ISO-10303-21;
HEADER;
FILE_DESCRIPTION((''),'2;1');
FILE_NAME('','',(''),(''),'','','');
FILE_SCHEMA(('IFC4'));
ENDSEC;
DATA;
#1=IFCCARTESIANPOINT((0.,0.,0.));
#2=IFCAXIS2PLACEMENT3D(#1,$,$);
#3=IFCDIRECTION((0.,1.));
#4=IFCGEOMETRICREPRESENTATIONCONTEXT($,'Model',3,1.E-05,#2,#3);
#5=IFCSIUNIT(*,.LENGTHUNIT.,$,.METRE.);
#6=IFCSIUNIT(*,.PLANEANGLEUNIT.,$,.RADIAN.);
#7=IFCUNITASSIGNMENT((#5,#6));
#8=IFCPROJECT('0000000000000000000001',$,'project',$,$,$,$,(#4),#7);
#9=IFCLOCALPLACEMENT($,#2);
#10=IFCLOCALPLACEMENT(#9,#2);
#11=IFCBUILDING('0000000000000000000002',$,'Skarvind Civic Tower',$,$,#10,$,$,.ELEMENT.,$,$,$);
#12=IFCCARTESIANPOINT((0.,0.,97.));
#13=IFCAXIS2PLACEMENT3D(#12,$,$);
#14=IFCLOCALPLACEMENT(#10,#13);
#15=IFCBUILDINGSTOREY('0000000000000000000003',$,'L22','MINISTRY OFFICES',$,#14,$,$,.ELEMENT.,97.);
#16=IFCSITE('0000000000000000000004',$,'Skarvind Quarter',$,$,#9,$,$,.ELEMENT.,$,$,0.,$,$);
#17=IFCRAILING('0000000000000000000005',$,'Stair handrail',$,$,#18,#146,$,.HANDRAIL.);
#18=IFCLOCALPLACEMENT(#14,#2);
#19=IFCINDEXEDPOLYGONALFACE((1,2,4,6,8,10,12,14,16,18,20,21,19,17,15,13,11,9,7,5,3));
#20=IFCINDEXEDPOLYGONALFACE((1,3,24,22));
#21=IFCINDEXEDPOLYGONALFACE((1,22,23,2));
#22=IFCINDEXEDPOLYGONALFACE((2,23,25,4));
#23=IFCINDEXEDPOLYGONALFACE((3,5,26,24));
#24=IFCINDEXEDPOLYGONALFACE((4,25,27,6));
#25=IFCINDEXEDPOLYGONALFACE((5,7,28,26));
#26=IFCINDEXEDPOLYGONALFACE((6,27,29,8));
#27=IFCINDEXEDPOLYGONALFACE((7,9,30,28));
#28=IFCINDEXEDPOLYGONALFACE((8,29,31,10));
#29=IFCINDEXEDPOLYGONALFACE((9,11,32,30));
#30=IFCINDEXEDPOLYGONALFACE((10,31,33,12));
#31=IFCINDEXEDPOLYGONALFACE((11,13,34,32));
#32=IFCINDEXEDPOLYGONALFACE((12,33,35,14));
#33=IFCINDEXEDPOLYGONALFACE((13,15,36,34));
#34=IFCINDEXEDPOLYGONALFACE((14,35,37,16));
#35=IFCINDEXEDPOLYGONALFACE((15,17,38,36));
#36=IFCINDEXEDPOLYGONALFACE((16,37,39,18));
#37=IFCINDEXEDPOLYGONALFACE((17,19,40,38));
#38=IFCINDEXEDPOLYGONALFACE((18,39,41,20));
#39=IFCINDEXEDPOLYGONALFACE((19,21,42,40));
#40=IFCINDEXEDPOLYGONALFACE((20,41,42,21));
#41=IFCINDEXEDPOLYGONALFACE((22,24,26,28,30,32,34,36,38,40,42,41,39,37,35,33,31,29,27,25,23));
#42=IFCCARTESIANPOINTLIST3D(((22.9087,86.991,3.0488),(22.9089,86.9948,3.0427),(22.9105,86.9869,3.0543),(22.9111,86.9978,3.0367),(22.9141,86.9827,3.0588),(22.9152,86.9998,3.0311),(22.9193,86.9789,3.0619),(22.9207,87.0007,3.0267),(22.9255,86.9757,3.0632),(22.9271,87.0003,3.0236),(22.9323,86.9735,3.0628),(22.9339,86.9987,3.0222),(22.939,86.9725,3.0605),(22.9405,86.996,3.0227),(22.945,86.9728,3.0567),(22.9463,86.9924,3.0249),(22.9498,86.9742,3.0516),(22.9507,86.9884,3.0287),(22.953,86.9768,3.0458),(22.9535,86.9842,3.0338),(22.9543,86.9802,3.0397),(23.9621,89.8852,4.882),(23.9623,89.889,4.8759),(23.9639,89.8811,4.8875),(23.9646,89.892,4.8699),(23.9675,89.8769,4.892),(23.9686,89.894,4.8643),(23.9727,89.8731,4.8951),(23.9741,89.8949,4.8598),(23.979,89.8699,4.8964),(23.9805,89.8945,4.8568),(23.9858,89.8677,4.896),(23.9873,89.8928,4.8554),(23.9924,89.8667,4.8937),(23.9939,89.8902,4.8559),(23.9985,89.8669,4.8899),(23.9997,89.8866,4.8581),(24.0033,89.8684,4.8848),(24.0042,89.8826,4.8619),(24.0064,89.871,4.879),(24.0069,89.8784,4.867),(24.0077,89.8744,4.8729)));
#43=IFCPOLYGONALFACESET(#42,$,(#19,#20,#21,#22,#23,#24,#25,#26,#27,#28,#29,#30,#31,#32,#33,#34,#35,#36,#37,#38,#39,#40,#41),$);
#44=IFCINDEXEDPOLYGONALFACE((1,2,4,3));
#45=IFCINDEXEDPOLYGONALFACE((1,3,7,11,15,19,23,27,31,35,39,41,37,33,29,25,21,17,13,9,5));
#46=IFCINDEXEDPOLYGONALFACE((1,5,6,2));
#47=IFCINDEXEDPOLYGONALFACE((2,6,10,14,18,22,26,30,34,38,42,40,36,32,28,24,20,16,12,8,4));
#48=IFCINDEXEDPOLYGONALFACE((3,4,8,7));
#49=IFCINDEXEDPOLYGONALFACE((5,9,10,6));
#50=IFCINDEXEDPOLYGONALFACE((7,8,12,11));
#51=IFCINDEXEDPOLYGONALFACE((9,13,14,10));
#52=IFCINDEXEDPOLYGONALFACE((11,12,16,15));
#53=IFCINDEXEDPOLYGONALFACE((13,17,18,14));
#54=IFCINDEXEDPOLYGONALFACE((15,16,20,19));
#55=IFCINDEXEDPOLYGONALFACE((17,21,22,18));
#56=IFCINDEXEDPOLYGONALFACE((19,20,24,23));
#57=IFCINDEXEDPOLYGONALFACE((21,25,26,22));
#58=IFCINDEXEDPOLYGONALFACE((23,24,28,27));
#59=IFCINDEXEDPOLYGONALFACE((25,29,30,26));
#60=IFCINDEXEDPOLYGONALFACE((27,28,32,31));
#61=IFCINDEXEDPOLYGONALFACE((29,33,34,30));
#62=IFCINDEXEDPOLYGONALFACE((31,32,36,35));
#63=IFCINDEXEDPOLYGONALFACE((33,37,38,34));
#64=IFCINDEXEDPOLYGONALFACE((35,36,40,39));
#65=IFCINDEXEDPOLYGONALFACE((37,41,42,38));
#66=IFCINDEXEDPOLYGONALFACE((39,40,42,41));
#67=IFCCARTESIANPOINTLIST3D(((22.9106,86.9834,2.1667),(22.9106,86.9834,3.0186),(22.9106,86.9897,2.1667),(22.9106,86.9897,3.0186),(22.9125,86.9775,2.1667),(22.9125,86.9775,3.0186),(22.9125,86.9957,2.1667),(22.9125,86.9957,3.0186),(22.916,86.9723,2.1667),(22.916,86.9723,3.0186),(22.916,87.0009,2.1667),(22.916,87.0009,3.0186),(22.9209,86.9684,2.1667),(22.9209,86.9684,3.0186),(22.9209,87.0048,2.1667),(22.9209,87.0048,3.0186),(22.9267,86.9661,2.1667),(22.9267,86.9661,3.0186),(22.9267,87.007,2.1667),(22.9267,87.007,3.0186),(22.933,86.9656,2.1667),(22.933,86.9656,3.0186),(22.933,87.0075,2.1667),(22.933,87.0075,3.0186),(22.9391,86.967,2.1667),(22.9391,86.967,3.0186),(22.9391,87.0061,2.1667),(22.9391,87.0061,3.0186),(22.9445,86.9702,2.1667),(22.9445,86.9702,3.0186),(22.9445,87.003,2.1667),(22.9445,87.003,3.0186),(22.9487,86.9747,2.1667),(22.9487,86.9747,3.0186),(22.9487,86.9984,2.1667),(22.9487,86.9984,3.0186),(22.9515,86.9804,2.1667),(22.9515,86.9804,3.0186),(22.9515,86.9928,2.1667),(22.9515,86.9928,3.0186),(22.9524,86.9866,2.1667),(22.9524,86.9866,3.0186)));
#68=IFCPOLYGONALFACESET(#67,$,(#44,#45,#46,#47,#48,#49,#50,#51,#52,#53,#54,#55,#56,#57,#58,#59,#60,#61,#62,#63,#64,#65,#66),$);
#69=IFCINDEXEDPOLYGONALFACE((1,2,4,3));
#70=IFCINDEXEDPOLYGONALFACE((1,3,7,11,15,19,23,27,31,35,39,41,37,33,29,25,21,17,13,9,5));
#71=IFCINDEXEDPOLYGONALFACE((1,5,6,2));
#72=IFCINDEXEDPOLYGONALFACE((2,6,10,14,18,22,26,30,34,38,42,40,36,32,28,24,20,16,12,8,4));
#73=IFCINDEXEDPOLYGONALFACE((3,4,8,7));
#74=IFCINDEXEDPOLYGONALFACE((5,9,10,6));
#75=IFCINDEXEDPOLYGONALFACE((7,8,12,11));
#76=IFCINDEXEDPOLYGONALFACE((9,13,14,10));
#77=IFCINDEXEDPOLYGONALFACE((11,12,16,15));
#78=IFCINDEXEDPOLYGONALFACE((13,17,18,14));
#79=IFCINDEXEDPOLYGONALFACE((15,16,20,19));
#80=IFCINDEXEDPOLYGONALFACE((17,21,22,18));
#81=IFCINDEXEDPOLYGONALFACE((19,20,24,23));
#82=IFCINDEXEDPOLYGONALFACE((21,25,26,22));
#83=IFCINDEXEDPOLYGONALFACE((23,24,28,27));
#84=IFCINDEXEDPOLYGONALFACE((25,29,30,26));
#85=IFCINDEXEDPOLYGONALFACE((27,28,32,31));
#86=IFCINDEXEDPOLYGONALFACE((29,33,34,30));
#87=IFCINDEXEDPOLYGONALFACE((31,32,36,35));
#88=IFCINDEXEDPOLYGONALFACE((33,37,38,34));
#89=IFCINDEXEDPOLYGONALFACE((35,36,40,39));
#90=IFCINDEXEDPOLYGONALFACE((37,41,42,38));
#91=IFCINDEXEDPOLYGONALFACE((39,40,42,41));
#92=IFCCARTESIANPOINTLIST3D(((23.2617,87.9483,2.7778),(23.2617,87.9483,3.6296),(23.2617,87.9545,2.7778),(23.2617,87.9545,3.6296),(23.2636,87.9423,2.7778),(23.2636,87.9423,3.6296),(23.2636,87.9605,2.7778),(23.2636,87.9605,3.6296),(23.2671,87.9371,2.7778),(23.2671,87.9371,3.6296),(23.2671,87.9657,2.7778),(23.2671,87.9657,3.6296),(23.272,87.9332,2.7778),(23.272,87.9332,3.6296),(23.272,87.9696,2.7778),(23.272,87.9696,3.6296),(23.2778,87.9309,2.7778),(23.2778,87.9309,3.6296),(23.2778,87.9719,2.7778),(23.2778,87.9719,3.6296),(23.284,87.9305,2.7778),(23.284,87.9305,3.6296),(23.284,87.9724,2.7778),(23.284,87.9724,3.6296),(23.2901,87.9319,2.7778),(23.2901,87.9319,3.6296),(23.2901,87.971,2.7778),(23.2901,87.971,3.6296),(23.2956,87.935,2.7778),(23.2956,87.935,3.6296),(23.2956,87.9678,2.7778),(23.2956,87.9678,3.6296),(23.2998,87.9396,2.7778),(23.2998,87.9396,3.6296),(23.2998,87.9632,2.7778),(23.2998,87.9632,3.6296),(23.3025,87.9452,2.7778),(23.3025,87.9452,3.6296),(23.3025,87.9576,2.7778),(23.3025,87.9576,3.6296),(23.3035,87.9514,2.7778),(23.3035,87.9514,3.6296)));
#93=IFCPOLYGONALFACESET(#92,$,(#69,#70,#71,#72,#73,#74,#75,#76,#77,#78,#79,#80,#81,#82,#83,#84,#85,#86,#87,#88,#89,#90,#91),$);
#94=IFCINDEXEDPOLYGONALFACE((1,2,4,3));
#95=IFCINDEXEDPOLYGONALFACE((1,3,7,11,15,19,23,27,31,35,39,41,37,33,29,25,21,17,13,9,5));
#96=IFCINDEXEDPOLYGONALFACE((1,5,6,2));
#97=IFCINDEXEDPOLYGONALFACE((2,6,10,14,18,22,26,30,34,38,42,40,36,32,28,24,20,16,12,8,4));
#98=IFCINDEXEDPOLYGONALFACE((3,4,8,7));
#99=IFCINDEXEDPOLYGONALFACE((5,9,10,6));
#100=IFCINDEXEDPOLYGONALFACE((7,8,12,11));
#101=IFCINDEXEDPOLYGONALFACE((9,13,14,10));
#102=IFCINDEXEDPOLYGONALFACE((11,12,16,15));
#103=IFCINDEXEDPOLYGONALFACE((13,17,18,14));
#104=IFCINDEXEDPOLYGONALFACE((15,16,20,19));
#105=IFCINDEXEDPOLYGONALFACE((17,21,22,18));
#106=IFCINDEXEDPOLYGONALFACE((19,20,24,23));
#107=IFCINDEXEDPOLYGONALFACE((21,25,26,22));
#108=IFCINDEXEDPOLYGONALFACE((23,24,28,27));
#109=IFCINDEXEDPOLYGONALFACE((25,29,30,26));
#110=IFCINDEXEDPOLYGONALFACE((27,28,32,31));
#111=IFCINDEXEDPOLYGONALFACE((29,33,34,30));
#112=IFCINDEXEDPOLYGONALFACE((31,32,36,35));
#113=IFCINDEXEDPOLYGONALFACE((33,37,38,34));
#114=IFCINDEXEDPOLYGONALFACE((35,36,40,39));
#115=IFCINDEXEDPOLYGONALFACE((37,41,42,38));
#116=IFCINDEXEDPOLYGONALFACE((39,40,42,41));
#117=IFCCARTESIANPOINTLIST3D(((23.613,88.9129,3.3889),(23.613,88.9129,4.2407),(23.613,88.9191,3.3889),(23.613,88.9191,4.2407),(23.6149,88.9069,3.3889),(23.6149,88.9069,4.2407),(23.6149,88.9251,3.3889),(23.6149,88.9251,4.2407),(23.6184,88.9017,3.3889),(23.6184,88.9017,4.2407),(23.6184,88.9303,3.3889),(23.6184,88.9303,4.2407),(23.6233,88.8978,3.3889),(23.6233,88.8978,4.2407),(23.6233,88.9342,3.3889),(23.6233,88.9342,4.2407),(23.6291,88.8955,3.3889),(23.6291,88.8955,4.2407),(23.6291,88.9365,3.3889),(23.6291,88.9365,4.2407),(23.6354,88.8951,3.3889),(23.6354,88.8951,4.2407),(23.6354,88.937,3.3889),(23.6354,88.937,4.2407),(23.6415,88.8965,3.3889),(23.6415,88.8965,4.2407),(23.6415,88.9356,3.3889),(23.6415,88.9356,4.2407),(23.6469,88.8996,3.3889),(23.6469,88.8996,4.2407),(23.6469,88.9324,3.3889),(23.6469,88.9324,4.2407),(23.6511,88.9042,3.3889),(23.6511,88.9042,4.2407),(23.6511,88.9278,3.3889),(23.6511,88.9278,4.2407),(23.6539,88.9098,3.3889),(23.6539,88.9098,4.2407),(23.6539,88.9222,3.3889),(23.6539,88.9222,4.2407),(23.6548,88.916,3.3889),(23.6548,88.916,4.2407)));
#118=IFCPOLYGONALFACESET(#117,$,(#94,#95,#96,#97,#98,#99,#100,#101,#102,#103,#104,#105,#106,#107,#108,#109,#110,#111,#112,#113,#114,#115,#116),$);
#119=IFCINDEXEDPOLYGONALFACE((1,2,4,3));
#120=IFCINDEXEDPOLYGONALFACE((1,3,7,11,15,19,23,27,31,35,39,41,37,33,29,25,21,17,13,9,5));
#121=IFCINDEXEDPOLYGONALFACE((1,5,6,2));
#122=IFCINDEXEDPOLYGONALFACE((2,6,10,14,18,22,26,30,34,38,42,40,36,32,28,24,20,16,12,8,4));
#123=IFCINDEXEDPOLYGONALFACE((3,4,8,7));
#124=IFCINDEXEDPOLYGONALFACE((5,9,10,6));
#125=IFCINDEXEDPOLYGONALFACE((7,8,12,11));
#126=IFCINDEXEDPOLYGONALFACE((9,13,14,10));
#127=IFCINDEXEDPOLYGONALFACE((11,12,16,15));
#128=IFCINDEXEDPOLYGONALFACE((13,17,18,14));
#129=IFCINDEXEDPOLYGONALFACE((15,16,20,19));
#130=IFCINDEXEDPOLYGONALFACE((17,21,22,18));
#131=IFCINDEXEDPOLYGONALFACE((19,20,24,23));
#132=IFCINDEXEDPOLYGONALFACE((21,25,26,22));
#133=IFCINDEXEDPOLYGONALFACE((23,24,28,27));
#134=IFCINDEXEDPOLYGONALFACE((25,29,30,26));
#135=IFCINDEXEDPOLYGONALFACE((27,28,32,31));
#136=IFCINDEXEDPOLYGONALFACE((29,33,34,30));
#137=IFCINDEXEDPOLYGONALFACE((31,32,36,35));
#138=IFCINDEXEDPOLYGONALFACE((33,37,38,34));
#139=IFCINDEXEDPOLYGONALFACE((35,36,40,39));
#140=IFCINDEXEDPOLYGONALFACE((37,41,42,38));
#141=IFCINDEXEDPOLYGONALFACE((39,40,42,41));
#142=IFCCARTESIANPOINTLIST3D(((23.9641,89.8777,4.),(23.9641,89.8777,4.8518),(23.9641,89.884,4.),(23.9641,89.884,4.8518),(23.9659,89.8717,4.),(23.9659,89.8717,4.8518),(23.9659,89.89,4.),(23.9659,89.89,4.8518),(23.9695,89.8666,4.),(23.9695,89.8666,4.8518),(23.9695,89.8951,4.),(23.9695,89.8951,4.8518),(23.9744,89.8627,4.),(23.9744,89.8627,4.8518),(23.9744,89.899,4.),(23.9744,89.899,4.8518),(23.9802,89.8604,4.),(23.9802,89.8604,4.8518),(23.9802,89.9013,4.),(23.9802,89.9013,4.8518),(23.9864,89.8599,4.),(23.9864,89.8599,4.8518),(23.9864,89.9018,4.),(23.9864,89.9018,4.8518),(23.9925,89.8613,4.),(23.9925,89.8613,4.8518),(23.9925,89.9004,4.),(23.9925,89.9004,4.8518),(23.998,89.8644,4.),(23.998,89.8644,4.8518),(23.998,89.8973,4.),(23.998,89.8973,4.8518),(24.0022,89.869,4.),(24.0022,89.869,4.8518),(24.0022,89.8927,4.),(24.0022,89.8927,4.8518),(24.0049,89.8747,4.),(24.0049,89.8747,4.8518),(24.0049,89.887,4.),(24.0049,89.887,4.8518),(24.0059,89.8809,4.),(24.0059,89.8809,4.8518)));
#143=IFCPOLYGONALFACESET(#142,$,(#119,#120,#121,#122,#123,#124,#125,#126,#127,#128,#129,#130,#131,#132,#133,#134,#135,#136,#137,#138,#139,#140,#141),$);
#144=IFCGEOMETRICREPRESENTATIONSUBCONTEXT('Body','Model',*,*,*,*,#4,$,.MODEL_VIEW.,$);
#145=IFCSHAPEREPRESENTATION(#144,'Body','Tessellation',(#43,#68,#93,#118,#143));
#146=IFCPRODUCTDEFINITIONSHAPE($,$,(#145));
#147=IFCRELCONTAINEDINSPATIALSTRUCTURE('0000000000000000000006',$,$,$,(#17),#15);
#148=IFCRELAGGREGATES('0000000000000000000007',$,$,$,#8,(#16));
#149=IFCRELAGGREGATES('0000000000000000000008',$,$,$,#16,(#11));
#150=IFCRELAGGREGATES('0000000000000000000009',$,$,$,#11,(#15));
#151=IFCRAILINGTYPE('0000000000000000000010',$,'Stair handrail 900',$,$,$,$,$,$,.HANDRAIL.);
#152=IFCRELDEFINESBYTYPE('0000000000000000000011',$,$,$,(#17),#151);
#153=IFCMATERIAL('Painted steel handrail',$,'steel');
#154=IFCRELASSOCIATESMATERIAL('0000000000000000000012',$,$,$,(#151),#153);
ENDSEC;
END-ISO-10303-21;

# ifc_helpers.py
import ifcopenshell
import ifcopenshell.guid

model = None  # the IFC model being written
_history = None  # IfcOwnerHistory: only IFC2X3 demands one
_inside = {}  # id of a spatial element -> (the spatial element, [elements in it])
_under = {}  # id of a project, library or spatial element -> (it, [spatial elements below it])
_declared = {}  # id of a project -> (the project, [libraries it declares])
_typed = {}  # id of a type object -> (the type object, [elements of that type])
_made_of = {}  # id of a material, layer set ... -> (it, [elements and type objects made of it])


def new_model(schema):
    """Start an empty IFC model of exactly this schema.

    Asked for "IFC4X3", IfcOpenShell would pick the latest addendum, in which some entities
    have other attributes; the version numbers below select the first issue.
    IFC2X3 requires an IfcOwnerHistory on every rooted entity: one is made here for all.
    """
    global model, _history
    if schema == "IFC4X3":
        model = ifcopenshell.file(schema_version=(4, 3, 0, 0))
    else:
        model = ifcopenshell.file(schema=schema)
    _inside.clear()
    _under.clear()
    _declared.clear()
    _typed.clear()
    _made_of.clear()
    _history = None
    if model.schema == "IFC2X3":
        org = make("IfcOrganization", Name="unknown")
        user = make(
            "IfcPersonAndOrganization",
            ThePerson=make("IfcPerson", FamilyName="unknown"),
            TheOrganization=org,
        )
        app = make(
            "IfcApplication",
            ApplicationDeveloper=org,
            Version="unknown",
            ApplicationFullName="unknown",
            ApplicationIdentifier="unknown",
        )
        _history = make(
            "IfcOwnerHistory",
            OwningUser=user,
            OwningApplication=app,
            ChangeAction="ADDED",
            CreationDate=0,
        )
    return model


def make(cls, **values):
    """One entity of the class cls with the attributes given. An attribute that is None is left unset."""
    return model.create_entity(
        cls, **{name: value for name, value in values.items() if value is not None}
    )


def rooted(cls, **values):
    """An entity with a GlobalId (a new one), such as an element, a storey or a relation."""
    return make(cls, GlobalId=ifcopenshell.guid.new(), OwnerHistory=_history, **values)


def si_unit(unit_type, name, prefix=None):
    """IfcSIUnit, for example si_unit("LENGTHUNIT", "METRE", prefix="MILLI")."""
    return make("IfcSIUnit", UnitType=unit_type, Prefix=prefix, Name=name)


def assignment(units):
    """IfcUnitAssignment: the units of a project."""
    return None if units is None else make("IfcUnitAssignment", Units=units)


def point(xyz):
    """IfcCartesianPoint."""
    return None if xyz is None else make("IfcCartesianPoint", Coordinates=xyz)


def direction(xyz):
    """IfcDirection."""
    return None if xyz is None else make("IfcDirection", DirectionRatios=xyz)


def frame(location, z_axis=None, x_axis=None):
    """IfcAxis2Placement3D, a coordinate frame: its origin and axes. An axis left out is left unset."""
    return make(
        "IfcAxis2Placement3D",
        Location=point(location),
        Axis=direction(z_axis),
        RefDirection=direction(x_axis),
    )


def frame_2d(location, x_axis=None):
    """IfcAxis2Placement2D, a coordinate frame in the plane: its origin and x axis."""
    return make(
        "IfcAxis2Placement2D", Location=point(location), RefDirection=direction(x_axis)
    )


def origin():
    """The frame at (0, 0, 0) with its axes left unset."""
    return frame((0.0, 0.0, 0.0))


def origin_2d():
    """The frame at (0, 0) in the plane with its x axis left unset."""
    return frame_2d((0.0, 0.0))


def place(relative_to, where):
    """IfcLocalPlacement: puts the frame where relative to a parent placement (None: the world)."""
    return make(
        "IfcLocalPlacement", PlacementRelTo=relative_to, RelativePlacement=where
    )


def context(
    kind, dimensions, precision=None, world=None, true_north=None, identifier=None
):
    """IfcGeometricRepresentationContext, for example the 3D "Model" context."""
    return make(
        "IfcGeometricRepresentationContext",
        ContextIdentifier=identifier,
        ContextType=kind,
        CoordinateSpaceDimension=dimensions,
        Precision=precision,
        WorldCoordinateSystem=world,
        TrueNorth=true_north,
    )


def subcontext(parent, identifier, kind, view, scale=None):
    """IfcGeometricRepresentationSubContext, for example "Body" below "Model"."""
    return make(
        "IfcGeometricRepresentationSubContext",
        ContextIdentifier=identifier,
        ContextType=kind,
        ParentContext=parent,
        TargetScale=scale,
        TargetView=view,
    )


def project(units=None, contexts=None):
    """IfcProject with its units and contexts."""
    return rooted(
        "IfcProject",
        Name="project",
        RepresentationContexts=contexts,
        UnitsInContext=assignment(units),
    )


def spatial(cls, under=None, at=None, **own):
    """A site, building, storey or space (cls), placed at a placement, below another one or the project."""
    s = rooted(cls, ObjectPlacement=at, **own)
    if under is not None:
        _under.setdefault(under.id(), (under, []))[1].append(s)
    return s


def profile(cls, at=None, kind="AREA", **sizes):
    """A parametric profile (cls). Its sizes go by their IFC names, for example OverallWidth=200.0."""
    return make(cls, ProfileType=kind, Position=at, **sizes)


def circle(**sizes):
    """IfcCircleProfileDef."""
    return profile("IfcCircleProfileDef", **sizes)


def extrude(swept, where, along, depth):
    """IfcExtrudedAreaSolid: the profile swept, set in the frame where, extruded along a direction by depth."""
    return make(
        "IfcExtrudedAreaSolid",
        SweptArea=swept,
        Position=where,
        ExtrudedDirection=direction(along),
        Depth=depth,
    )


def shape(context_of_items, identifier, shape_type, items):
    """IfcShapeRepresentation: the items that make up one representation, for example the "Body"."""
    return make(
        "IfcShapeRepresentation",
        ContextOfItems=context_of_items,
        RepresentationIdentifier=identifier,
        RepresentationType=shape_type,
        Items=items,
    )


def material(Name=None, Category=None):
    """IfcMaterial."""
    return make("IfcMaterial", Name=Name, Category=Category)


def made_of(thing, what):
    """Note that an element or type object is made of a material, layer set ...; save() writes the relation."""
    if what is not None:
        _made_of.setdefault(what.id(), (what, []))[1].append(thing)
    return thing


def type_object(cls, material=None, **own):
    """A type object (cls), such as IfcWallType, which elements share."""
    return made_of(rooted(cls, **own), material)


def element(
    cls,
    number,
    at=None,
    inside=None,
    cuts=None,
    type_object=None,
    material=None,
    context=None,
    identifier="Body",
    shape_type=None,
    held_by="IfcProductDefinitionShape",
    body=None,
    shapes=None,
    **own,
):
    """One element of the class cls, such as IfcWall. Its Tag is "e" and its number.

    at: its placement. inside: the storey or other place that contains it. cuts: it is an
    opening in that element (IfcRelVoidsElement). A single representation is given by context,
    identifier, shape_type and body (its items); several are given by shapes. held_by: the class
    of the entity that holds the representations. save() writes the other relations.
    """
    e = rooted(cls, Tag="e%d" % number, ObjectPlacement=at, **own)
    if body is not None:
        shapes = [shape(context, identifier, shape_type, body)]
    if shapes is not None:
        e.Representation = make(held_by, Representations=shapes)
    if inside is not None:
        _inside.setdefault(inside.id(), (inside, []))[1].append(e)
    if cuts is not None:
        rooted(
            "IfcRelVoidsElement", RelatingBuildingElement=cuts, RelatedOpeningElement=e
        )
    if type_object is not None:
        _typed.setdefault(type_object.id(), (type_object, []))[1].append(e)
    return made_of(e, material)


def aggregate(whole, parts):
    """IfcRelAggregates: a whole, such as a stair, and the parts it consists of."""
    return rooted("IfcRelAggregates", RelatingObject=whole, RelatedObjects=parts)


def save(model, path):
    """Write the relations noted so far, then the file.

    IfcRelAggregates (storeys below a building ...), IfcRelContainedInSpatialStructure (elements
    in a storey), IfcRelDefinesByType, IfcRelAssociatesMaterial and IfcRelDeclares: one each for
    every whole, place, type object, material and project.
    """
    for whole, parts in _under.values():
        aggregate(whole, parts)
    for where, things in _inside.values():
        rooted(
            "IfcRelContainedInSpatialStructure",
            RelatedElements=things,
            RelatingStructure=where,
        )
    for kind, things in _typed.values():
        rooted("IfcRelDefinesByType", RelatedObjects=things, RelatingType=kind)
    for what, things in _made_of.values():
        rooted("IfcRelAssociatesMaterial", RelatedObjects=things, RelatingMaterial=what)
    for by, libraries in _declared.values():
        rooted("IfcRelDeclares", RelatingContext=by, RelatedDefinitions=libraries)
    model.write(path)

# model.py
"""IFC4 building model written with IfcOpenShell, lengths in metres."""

from ifc_helpers import new_model, si_unit, direction, frame, origin, origin_2d, place, context, subcontext, project, spatial, circle, extrude, material, type_object, element, save


model = new_model("IFC4")

# Units and contexts
model_context = context("Model", 3, precision=1e-05, world=origin(), true_north=direction((0.0, 1.0)))
body_context = subcontext(model_context, "Body", "Model", "MODEL_VIEW")
ifc_project = project(units=[si_unit("LENGTHUNIT", "METRE"), si_unit("PLANEANGLEUNIT", "RADIAN")], contexts=[model_context])

# Site, building, storey
site_placement = place(None, origin())
site = spatial("IfcSite", under=ifc_project, at=site_placement, Name="Skarvind Quarter", CompositionType="ELEMENT", RefElevation=0.0)
building_placement = place(site_placement, origin())
building = spatial("IfcBuilding", under=site, at=building_placement, Name="Skarvind Civic Tower", CompositionType="ELEMENT")
storey_placement = place(building_placement, frame((0.0, 0.0, 97.0)))
storey = spatial("IfcBuildingStorey", under=building, at=storey_placement, Name="L22", Description="MINISTRY OFFICES", CompositionType="ELEMENT", Elevation=97.0)

# Railing
ifc_material_1 = material(Name="Painted steel handrail", Category="steel")
railing_type = type_object("IfcRailingType", Name="Stair handrail 900", PredefinedType="HANDRAIL", material=ifc_material_1)
railing_1_placement = place(storey_placement, frame((22.9314, 86.9866, 2.1667)))
element("IfcRailing", 1, at=railing_1_placement, inside=storey, type_object=railing_type, Name="Stair handrail", PredefinedType="HANDRAIL", context=body_context, shape_type="SweptSolid", body=[
    extrude(circle(Radius=0.0239, at=origin_2d()), frame((0.0, 0.0, 0.876), z_axis=(0.293908, 0.807481, 0.511461), x_axis=(-0.939689, 0.342029, 0.0)), (0.0, 0.0, 1.0), 3.5842),
    extrude(circle(Radius=0.021, at=origin_2d()), origin(), (0.0, 0.0, 1.0), 0.8518),
    extrude(circle(Radius=0.021, at=origin_2d()), frame((0.3511, 0.9648, 0.6111)), (0.0, 0.0, 1.0), 0.8518),
    extrude(circle(Radius=0.021, at=origin_2d()), frame((0.7024, 1.9294, 1.2222)), (0.0, 0.0, 1.0), 0.8518),
    extrude(circle(Radius=0.021, at=origin_2d()), frame((1.0535, 2.8943, 1.8333)), (0.0, 0.0, 1.0), 0.8518),
])

save(model, "model.ifc")
